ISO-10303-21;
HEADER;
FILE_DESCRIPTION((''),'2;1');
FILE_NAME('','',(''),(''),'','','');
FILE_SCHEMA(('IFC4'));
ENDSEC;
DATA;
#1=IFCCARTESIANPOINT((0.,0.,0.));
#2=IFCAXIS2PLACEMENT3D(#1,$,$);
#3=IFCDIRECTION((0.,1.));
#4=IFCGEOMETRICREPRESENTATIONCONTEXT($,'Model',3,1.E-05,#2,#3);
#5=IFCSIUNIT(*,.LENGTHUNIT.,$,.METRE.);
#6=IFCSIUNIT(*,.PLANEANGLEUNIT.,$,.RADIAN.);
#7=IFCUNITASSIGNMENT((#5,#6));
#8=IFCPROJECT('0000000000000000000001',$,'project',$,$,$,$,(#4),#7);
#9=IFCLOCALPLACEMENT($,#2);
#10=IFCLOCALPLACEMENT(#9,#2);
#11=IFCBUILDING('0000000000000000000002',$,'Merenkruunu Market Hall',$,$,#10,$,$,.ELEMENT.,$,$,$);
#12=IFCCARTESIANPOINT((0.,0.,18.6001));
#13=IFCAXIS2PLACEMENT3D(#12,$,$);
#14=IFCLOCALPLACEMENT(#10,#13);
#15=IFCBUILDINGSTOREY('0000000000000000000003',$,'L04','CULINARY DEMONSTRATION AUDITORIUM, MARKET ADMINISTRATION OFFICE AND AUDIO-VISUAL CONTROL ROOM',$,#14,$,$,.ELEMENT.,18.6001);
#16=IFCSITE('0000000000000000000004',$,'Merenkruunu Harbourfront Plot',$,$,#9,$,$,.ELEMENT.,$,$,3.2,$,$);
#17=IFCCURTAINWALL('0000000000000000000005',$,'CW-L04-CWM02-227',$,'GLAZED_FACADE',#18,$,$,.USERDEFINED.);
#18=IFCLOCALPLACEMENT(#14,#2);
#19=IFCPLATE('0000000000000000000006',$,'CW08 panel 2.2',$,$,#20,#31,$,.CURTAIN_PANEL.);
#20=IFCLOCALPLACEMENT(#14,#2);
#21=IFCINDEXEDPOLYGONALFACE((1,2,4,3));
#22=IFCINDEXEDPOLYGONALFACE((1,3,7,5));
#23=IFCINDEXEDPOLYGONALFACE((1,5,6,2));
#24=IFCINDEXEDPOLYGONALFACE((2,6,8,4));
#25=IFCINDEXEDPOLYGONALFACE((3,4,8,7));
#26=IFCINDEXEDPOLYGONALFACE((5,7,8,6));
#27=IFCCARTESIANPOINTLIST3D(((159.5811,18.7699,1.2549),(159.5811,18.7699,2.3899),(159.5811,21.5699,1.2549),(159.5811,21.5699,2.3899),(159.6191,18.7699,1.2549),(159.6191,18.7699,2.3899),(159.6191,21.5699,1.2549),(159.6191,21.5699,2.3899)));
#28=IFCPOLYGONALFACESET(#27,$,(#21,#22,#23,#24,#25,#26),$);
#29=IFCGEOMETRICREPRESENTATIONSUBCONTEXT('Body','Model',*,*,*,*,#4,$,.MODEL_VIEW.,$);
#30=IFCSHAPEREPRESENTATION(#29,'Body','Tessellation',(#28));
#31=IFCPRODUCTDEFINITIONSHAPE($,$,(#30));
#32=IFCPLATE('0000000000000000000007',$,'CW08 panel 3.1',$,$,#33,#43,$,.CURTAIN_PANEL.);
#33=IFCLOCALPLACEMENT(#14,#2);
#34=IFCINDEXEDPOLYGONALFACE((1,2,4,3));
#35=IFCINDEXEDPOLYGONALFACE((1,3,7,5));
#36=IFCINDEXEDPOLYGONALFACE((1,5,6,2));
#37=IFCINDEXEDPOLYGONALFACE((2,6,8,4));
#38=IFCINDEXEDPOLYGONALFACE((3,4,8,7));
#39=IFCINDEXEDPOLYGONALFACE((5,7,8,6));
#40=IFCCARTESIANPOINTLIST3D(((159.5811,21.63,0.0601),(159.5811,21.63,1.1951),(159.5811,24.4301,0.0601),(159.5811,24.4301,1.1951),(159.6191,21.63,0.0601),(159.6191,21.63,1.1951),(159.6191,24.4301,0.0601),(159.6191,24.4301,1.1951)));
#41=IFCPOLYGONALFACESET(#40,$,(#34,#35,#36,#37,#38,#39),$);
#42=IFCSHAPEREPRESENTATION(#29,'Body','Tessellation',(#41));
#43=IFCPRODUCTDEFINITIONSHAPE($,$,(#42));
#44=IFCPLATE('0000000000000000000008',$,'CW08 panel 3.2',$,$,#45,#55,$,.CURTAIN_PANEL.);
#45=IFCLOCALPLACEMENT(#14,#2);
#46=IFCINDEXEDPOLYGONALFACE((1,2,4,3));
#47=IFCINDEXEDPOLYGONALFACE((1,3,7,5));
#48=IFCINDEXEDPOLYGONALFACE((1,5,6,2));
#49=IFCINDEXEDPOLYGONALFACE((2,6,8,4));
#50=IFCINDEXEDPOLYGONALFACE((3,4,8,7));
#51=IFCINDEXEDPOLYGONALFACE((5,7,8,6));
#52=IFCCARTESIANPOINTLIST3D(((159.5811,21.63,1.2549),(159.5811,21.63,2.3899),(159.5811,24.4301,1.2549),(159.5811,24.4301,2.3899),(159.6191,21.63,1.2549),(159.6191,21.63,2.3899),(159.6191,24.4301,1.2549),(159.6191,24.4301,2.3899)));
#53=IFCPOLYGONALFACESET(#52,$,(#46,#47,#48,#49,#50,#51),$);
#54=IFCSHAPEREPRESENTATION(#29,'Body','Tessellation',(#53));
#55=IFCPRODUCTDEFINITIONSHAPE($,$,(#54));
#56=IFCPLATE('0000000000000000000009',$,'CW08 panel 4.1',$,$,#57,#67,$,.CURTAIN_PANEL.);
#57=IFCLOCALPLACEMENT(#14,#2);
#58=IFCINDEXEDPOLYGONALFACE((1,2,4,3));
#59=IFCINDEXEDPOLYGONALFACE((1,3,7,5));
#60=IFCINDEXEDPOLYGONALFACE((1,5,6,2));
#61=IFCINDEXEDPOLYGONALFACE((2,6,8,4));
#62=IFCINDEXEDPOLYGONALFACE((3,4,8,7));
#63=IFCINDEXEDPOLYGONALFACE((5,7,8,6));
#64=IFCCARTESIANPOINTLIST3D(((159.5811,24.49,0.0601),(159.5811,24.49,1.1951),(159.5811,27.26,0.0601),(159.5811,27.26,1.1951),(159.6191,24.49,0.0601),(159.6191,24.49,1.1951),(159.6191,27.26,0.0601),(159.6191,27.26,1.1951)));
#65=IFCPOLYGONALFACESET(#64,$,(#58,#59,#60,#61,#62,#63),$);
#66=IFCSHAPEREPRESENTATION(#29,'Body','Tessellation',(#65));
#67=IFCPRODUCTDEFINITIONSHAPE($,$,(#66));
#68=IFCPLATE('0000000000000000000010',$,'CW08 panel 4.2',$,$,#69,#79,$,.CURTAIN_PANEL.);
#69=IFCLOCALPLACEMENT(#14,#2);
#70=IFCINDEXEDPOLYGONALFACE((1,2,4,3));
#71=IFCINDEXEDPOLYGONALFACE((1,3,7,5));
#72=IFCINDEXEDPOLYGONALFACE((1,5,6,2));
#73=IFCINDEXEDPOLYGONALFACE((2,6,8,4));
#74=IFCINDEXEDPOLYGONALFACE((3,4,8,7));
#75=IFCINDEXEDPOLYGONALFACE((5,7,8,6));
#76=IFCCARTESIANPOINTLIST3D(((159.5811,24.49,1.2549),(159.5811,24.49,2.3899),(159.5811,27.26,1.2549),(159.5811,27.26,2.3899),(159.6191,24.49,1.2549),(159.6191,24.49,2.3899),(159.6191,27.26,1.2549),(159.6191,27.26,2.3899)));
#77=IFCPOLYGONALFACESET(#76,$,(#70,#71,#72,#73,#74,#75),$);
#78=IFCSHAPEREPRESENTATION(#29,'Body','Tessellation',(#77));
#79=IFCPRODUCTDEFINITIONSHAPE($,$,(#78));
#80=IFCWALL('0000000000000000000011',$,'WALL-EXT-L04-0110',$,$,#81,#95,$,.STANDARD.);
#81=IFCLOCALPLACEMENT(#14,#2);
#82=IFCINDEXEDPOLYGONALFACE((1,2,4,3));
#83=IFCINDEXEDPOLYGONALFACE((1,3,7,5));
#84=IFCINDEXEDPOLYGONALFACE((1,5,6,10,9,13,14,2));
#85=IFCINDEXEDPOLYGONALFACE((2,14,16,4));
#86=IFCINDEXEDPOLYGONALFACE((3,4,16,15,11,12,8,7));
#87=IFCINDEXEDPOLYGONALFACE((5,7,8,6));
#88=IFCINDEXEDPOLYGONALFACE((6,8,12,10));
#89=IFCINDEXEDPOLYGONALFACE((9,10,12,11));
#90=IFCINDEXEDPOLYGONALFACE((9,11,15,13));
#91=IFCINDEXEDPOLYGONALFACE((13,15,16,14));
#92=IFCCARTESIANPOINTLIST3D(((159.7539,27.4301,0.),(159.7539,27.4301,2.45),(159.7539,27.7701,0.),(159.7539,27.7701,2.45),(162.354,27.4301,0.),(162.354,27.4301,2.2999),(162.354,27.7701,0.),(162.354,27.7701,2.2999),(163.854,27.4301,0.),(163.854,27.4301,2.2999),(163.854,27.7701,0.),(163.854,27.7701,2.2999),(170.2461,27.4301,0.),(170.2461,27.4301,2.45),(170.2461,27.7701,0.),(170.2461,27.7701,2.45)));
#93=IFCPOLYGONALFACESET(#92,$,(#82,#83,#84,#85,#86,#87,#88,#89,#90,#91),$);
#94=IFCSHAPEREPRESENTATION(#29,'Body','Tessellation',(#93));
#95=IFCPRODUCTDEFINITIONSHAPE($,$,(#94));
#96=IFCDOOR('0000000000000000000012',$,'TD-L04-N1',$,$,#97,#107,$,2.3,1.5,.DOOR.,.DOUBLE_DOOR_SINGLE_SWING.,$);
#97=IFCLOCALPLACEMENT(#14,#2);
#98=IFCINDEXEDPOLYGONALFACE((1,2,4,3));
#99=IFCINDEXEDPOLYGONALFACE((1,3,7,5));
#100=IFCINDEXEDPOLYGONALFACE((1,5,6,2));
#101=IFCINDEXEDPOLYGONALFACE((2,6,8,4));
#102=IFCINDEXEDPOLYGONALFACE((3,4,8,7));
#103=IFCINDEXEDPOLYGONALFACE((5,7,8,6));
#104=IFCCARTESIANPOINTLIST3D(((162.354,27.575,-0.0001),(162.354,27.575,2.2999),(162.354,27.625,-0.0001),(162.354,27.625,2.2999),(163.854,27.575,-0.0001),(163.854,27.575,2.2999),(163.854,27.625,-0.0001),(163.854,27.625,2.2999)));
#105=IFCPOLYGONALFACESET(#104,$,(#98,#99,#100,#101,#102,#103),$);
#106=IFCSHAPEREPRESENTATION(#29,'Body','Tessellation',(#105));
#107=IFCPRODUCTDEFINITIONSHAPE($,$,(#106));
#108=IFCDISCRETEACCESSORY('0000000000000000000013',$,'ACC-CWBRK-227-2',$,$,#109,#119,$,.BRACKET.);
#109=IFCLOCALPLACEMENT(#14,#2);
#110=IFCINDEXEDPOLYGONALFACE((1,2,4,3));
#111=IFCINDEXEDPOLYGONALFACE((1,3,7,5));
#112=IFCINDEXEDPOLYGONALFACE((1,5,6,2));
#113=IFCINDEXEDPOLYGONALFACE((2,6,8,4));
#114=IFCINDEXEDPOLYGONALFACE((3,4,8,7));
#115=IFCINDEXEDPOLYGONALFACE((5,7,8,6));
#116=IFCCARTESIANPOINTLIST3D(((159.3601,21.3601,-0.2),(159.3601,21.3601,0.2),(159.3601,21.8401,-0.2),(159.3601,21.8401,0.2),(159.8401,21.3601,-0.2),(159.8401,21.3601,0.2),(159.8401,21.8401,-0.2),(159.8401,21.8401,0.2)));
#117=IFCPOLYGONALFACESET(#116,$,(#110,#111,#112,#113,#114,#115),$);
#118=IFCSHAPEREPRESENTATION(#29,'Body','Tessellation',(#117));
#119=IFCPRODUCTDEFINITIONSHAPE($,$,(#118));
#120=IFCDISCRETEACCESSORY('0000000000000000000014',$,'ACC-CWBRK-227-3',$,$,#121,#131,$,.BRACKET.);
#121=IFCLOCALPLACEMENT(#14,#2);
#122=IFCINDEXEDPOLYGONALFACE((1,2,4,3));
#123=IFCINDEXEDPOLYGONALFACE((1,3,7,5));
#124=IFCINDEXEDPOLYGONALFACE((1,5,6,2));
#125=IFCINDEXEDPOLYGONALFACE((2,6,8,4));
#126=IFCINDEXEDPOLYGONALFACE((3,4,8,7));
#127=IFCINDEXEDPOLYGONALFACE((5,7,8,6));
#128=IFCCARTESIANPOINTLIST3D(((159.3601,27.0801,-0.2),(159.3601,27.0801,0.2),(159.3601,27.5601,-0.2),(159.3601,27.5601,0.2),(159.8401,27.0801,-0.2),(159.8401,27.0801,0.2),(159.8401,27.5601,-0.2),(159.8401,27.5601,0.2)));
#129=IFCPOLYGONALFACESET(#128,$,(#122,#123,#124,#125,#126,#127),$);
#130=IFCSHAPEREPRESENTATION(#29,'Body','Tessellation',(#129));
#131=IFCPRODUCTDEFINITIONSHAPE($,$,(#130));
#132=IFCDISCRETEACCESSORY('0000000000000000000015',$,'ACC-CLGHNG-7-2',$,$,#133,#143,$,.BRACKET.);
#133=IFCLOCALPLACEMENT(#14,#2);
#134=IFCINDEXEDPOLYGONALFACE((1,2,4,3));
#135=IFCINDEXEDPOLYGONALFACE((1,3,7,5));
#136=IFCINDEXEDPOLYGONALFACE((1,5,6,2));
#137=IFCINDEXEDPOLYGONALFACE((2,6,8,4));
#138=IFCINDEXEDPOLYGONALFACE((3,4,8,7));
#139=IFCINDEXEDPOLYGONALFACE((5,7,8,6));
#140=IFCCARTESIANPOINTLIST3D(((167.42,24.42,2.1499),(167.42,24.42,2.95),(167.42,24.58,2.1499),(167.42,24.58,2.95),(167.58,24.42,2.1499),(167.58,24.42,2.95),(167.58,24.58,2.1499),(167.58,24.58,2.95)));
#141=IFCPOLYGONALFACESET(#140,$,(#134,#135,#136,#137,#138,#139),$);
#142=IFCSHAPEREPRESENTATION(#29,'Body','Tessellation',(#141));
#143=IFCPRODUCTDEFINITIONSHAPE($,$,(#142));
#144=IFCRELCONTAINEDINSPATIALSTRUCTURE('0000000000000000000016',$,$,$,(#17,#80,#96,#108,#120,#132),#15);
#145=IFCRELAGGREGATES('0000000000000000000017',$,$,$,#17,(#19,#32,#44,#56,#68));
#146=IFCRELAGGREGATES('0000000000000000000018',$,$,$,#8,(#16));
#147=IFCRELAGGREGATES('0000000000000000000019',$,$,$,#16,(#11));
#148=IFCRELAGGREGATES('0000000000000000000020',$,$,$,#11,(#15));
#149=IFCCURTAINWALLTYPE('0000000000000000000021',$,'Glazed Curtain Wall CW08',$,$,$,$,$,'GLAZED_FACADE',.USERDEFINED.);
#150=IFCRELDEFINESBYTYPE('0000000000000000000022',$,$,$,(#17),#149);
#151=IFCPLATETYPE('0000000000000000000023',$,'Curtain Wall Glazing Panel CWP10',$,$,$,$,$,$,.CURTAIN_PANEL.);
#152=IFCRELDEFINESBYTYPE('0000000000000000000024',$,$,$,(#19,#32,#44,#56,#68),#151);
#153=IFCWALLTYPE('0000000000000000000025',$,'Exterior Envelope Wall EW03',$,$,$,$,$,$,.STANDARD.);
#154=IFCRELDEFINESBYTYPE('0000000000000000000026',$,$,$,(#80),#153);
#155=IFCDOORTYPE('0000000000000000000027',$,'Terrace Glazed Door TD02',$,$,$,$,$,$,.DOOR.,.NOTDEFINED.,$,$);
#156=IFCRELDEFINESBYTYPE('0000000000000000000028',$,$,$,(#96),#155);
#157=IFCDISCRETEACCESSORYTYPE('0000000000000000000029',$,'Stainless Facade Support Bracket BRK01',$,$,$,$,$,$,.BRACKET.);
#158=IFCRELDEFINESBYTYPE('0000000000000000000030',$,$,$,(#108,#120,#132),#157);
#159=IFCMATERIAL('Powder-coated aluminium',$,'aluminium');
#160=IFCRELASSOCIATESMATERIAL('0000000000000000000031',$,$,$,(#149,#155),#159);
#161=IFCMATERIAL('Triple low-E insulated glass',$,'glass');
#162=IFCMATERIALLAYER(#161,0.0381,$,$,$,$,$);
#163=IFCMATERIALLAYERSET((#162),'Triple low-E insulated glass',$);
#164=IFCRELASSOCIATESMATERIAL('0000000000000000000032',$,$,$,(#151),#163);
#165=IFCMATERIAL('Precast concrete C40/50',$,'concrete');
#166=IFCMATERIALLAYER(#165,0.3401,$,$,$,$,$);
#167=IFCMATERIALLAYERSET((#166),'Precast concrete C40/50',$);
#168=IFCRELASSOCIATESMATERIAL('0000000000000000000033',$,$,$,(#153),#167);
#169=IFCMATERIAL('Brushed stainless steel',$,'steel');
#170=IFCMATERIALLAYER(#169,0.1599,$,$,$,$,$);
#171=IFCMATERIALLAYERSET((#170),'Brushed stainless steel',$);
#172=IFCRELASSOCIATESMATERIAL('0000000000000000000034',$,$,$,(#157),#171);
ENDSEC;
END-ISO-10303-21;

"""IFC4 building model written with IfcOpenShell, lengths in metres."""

from ifc_helpers import new_model, si_unit, direction, frame, frame_2d, origin, origin_2d, place, context, subcontext, project, spatial, rectangle, extrude, material, layer, layer_set, type_object, element, fill, aggregate, save


model = new_model("IFC4")

# Units and contexts
model_context = context("Model", 3, precision=1e-05, world=origin(), true_north=direction((0.0, 1.0)))
body_context = subcontext(model_context, "Body", "Model", "MODEL_VIEW")
ifc_project = project(units=[si_unit("LENGTHUNIT", "METRE"), si_unit("PLANEANGLEUNIT", "RADIAN")], contexts=[model_context])

# Site, building, storey
site_placement = place(None, origin())
site = spatial("IfcSite", under=ifc_project, at=site_placement, Name="Merenkruunu Harbourfront Plot", CompositionType="ELEMENT", RefElevation=3.2)
building_placement = place(site_placement, origin())
building = spatial("IfcBuilding", under=site, at=building_placement, Name="Merenkruunu Market Hall", CompositionType="ELEMENT")
storey_placement = place(building_placement, frame((0.0, 0.0, 18.6001)))
storey = spatial("IfcBuildingStorey", under=building, at=storey_placement, Name="L04", Description="CULINARY DEMONSTRATION AUDITORIUM, MARKET ADMINISTRATION OFFICE AND AUDIO-VISUAL CONTROL ROOM", CompositionType="ELEMENT", Elevation=18.6001)

# Curtain wall
ifc_material_1 = material(Name="Powder-coated aluminium", Category="aluminium")
curtain_wall_type = type_object("IfcCurtainWallType", Name="Glazed Curtain Wall CW08", ElementType="GLAZED_FACADE", PredefinedType="USERDEFINED", material=ifc_material_1)
curtain_wall_placement = place(storey_placement, origin())
curtain_wall = element("IfcCurtainWall", 1, at=curtain_wall_placement, inside=storey, type_object=curtain_wall_type, Name="CW-L04-CWM02-227", ObjectType="GLAZED_FACADE", PredefinedType="USERDEFINED")

# Plates
ifc_material_2 = material(Name="Triple low-E insulated glass", Category="glass")
ifc_layer_1 = layer(ifc_material_2, 0.0381)
ifc_layer_set_1 = layer_set([ifc_layer_1], Name="Triple low-E insulated glass")
plate_type = type_object("IfcPlateType", Name="Curtain Wall Glazing Panel CWP10", PredefinedType="CURTAIN_PANEL", material=ifc_layer_set_1)
plate_1_placement = place(storey_placement, frame((159.6001, 20.1699, 1.2549), z_axis=(0.0, 0.0, 1.0), x_axis=(0.0, 1.0, 0.0)))
plate_1 = element("IfcPlate", 2, at=plate_1_placement, type_object=plate_type, Name="CW08 panel 2.2", PredefinedType="CURTAIN_PANEL", context=body_context, shape_type="SweptSolid", body=[
    extrude(rectangle(XDim=2.8, YDim=0.0381, at=origin_2d()), origin(), (0.0, 0.0, 1.0), 1.135),
])
plate_2_placement = place(storey_placement, frame((159.6001, 23.03, 0.0601), z_axis=(0.0, 0.0, 1.0), x_axis=(0.0, 1.0, 0.0)))
plate_2 = element("IfcPlate", 3, at=plate_2_placement, type_object=plate_type, Name="CW08 panel 3.1", PredefinedType="CURTAIN_PANEL", context=body_context, shape_type="SweptSolid", body=[
    extrude(rectangle(XDim=2.8, YDim=0.0381, at=origin_2d()), origin(), (0.0, 0.0, 1.0), 1.135),
])
plate_3_placement = place(storey_placement, frame((159.6001, 23.03, 1.2549), z_axis=(0.0, 0.0, 1.0), x_axis=(0.0, 1.0, 0.0)))
plate_3 = element("IfcPlate", 4, at=plate_3_placement, type_object=plate_type, Name="CW08 panel 3.2", PredefinedType="CURTAIN_PANEL", context=body_context, shape_type="SweptSolid", body=[
    extrude(rectangle(XDim=2.8, YDim=0.0381, at=origin_2d()), origin(), (0.0, 0.0, 1.0), 1.135),
])
plate_4_placement = place(storey_placement, frame((159.6001, 25.875, 0.0601), z_axis=(0.0, 0.0, 1.0), x_axis=(0.0, 1.0, 0.0)))
plate_4 = element("IfcPlate", 5, at=plate_4_placement, type_object=plate_type, Name="CW08 panel 4.1", PredefinedType="CURTAIN_PANEL", context=body_context, shape_type="SweptSolid", body=[
    extrude(rectangle(XDim=2.77, YDim=0.0381, at=origin_2d()), origin(), (0.0, 0.0, 1.0), 1.135),
])
plate_5_placement = place(storey_placement, frame((159.6001, 25.875, 1.2549), z_axis=(0.0, 0.0, 1.0), x_axis=(0.0, 1.0, 0.0)))
plate_5 = element("IfcPlate", 6, at=plate_5_placement, type_object=plate_type, Name="CW08 panel 4.2", PredefinedType="CURTAIN_PANEL", context=body_context, shape_type="SweptSolid", body=[
    extrude(rectangle(XDim=2.77, YDim=0.0381, at=origin_2d()), origin(), (0.0, 0.0, 1.0), 1.135),
])
aggregate(curtain_wall, [plate_1, plate_2, plate_3, plate_4, plate_5])

# Wall, opening, door
ifc_material_3 = material(Name="Precast concrete C40/50", Category="concrete")
ifc_layer_2 = layer(ifc_material_3, 0.3401)
ifc_layer_set_2 = layer_set([ifc_layer_2], Name="Precast concrete C40/50")
wall_type = type_object("IfcWallType", Name="Exterior Envelope Wall EW03", PredefinedType="STANDARD", material=ifc_layer_set_2)
wall_placement = place(storey_placement, frame((159.7539, 27.6001, 0.0), z_axis=(0.0, 0.0, 1.0), x_axis=(1.0, 0.0, 0.0)))
wall = element("IfcWall", 7, at=wall_placement, inside=storey, type_object=wall_type, Name="WALL-EXT-L04-0110", PredefinedType="STANDARD", context=body_context, shape_type="SweptSolid", body=[
    extrude(rectangle(XDim=10.4922, YDim=0.3401, at=frame_2d((5.2461, 0.0))), origin(), (0.0, 0.0, 1.0), 2.45),
])
opening_placement = place(wall_placement, frame((2.6001, 0.0, 0.0)))
opening = element("IfcOpeningElement", 8, at=opening_placement, cuts=wall, PredefinedType="OPENING", context=body_context, shape_type="SweptSolid", body=[
    extrude(rectangle(XDim=1.5, YDim=2.3, at=frame_2d((0.75, 1.1499))), frame((0.0, 0.1802, 0.0), z_axis=(0.0, -1.0, 0.0), x_axis=(1.0, 0.0, 0.0)), (0.0, 0.0, 1.0), 0.3601),
])
door_type = type_object("IfcDoorType", Name="Terrace Glazed Door TD02", OperationType="NOTDEFINED", PredefinedType="DOOR", material=ifc_material_1)
door_placement = place(opening_placement, origin())
door = element("IfcDoor", 9, at=door_placement, inside=storey, type_object=door_type, Name="TD-L04-N1", OperationType="DOUBLE_DOOR_SINGLE_SWING", OverallHeight=2.3, OverallWidth=1.5, PredefinedType="DOOR", context=body_context, shape_type="SweptSolid", body=[
    extrude(rectangle(XDim=1.5, YDim=2.3, at=frame_2d((0.75, 1.1499))), frame((0.0, 0.0249, 0.0), z_axis=(0.0, -1.0, 0.0), x_axis=(1.0, 0.0, 0.0)), (0.0, 0.0, 1.0), 0.05),
])
fill(opening, door)

# Discrete accessories
ifc_material_4 = material(Name="Brushed stainless steel", Category="steel")
ifc_layer_3 = layer(ifc_material_4, 0.1599)
ifc_layer_set_3 = layer_set([ifc_layer_3], Name="Brushed stainless steel")
discrete_accessory_type = type_object("IfcDiscreteAccessoryType", Name="Stainless Facade Support Bracket BRK01", PredefinedType="BRACKET", material=ifc_layer_set_3)
for number, where, z_axis, x_axis, name in (
    (10, (159.6001, 21.6001, -0.2), (0.0, 0.0, 1.0), (1.0, 0.0, 0.0), "ACC-CWBRK-227-2"),
    (11, (159.6001, 27.3201, -0.2), (0.0, 0.0, 1.0), (1.0, 0.0, 0.0), "ACC-CWBRK-227-3"),
):
    element("IfcDiscreteAccessory", number, at=place(storey_placement, frame(where, z_axis=z_axis, x_axis=x_axis)), inside=storey, type_object=discrete_accessory_type, Name=name, PredefinedType="BRACKET", context=body_context, shape_type="SweptSolid", body=[
        extrude(rectangle(XDim=0.48, YDim=0.48, at=origin_2d()), origin(), (0.0, 0.0, 1.0), 0.3999),
    ])
discrete_accessory_placement = place(storey_placement, frame((167.5, 24.5, 2.1499), z_axis=(0.0, 0.0, 1.0), x_axis=(1.0, 0.0, 0.0)))
element("IfcDiscreteAccessory", 12, at=discrete_accessory_placement, inside=storey, type_object=discrete_accessory_type, Name="ACC-CLGHNG-7-2", PredefinedType="BRACKET", context=body_context, shape_type="SweptSolid", body=[
    extrude(rectangle(XDim=0.1599, YDim=0.1599, at=origin_2d()), origin(), (0.0, 0.0, 1.0), 0.8),
])

save(model, "model.ifc")
